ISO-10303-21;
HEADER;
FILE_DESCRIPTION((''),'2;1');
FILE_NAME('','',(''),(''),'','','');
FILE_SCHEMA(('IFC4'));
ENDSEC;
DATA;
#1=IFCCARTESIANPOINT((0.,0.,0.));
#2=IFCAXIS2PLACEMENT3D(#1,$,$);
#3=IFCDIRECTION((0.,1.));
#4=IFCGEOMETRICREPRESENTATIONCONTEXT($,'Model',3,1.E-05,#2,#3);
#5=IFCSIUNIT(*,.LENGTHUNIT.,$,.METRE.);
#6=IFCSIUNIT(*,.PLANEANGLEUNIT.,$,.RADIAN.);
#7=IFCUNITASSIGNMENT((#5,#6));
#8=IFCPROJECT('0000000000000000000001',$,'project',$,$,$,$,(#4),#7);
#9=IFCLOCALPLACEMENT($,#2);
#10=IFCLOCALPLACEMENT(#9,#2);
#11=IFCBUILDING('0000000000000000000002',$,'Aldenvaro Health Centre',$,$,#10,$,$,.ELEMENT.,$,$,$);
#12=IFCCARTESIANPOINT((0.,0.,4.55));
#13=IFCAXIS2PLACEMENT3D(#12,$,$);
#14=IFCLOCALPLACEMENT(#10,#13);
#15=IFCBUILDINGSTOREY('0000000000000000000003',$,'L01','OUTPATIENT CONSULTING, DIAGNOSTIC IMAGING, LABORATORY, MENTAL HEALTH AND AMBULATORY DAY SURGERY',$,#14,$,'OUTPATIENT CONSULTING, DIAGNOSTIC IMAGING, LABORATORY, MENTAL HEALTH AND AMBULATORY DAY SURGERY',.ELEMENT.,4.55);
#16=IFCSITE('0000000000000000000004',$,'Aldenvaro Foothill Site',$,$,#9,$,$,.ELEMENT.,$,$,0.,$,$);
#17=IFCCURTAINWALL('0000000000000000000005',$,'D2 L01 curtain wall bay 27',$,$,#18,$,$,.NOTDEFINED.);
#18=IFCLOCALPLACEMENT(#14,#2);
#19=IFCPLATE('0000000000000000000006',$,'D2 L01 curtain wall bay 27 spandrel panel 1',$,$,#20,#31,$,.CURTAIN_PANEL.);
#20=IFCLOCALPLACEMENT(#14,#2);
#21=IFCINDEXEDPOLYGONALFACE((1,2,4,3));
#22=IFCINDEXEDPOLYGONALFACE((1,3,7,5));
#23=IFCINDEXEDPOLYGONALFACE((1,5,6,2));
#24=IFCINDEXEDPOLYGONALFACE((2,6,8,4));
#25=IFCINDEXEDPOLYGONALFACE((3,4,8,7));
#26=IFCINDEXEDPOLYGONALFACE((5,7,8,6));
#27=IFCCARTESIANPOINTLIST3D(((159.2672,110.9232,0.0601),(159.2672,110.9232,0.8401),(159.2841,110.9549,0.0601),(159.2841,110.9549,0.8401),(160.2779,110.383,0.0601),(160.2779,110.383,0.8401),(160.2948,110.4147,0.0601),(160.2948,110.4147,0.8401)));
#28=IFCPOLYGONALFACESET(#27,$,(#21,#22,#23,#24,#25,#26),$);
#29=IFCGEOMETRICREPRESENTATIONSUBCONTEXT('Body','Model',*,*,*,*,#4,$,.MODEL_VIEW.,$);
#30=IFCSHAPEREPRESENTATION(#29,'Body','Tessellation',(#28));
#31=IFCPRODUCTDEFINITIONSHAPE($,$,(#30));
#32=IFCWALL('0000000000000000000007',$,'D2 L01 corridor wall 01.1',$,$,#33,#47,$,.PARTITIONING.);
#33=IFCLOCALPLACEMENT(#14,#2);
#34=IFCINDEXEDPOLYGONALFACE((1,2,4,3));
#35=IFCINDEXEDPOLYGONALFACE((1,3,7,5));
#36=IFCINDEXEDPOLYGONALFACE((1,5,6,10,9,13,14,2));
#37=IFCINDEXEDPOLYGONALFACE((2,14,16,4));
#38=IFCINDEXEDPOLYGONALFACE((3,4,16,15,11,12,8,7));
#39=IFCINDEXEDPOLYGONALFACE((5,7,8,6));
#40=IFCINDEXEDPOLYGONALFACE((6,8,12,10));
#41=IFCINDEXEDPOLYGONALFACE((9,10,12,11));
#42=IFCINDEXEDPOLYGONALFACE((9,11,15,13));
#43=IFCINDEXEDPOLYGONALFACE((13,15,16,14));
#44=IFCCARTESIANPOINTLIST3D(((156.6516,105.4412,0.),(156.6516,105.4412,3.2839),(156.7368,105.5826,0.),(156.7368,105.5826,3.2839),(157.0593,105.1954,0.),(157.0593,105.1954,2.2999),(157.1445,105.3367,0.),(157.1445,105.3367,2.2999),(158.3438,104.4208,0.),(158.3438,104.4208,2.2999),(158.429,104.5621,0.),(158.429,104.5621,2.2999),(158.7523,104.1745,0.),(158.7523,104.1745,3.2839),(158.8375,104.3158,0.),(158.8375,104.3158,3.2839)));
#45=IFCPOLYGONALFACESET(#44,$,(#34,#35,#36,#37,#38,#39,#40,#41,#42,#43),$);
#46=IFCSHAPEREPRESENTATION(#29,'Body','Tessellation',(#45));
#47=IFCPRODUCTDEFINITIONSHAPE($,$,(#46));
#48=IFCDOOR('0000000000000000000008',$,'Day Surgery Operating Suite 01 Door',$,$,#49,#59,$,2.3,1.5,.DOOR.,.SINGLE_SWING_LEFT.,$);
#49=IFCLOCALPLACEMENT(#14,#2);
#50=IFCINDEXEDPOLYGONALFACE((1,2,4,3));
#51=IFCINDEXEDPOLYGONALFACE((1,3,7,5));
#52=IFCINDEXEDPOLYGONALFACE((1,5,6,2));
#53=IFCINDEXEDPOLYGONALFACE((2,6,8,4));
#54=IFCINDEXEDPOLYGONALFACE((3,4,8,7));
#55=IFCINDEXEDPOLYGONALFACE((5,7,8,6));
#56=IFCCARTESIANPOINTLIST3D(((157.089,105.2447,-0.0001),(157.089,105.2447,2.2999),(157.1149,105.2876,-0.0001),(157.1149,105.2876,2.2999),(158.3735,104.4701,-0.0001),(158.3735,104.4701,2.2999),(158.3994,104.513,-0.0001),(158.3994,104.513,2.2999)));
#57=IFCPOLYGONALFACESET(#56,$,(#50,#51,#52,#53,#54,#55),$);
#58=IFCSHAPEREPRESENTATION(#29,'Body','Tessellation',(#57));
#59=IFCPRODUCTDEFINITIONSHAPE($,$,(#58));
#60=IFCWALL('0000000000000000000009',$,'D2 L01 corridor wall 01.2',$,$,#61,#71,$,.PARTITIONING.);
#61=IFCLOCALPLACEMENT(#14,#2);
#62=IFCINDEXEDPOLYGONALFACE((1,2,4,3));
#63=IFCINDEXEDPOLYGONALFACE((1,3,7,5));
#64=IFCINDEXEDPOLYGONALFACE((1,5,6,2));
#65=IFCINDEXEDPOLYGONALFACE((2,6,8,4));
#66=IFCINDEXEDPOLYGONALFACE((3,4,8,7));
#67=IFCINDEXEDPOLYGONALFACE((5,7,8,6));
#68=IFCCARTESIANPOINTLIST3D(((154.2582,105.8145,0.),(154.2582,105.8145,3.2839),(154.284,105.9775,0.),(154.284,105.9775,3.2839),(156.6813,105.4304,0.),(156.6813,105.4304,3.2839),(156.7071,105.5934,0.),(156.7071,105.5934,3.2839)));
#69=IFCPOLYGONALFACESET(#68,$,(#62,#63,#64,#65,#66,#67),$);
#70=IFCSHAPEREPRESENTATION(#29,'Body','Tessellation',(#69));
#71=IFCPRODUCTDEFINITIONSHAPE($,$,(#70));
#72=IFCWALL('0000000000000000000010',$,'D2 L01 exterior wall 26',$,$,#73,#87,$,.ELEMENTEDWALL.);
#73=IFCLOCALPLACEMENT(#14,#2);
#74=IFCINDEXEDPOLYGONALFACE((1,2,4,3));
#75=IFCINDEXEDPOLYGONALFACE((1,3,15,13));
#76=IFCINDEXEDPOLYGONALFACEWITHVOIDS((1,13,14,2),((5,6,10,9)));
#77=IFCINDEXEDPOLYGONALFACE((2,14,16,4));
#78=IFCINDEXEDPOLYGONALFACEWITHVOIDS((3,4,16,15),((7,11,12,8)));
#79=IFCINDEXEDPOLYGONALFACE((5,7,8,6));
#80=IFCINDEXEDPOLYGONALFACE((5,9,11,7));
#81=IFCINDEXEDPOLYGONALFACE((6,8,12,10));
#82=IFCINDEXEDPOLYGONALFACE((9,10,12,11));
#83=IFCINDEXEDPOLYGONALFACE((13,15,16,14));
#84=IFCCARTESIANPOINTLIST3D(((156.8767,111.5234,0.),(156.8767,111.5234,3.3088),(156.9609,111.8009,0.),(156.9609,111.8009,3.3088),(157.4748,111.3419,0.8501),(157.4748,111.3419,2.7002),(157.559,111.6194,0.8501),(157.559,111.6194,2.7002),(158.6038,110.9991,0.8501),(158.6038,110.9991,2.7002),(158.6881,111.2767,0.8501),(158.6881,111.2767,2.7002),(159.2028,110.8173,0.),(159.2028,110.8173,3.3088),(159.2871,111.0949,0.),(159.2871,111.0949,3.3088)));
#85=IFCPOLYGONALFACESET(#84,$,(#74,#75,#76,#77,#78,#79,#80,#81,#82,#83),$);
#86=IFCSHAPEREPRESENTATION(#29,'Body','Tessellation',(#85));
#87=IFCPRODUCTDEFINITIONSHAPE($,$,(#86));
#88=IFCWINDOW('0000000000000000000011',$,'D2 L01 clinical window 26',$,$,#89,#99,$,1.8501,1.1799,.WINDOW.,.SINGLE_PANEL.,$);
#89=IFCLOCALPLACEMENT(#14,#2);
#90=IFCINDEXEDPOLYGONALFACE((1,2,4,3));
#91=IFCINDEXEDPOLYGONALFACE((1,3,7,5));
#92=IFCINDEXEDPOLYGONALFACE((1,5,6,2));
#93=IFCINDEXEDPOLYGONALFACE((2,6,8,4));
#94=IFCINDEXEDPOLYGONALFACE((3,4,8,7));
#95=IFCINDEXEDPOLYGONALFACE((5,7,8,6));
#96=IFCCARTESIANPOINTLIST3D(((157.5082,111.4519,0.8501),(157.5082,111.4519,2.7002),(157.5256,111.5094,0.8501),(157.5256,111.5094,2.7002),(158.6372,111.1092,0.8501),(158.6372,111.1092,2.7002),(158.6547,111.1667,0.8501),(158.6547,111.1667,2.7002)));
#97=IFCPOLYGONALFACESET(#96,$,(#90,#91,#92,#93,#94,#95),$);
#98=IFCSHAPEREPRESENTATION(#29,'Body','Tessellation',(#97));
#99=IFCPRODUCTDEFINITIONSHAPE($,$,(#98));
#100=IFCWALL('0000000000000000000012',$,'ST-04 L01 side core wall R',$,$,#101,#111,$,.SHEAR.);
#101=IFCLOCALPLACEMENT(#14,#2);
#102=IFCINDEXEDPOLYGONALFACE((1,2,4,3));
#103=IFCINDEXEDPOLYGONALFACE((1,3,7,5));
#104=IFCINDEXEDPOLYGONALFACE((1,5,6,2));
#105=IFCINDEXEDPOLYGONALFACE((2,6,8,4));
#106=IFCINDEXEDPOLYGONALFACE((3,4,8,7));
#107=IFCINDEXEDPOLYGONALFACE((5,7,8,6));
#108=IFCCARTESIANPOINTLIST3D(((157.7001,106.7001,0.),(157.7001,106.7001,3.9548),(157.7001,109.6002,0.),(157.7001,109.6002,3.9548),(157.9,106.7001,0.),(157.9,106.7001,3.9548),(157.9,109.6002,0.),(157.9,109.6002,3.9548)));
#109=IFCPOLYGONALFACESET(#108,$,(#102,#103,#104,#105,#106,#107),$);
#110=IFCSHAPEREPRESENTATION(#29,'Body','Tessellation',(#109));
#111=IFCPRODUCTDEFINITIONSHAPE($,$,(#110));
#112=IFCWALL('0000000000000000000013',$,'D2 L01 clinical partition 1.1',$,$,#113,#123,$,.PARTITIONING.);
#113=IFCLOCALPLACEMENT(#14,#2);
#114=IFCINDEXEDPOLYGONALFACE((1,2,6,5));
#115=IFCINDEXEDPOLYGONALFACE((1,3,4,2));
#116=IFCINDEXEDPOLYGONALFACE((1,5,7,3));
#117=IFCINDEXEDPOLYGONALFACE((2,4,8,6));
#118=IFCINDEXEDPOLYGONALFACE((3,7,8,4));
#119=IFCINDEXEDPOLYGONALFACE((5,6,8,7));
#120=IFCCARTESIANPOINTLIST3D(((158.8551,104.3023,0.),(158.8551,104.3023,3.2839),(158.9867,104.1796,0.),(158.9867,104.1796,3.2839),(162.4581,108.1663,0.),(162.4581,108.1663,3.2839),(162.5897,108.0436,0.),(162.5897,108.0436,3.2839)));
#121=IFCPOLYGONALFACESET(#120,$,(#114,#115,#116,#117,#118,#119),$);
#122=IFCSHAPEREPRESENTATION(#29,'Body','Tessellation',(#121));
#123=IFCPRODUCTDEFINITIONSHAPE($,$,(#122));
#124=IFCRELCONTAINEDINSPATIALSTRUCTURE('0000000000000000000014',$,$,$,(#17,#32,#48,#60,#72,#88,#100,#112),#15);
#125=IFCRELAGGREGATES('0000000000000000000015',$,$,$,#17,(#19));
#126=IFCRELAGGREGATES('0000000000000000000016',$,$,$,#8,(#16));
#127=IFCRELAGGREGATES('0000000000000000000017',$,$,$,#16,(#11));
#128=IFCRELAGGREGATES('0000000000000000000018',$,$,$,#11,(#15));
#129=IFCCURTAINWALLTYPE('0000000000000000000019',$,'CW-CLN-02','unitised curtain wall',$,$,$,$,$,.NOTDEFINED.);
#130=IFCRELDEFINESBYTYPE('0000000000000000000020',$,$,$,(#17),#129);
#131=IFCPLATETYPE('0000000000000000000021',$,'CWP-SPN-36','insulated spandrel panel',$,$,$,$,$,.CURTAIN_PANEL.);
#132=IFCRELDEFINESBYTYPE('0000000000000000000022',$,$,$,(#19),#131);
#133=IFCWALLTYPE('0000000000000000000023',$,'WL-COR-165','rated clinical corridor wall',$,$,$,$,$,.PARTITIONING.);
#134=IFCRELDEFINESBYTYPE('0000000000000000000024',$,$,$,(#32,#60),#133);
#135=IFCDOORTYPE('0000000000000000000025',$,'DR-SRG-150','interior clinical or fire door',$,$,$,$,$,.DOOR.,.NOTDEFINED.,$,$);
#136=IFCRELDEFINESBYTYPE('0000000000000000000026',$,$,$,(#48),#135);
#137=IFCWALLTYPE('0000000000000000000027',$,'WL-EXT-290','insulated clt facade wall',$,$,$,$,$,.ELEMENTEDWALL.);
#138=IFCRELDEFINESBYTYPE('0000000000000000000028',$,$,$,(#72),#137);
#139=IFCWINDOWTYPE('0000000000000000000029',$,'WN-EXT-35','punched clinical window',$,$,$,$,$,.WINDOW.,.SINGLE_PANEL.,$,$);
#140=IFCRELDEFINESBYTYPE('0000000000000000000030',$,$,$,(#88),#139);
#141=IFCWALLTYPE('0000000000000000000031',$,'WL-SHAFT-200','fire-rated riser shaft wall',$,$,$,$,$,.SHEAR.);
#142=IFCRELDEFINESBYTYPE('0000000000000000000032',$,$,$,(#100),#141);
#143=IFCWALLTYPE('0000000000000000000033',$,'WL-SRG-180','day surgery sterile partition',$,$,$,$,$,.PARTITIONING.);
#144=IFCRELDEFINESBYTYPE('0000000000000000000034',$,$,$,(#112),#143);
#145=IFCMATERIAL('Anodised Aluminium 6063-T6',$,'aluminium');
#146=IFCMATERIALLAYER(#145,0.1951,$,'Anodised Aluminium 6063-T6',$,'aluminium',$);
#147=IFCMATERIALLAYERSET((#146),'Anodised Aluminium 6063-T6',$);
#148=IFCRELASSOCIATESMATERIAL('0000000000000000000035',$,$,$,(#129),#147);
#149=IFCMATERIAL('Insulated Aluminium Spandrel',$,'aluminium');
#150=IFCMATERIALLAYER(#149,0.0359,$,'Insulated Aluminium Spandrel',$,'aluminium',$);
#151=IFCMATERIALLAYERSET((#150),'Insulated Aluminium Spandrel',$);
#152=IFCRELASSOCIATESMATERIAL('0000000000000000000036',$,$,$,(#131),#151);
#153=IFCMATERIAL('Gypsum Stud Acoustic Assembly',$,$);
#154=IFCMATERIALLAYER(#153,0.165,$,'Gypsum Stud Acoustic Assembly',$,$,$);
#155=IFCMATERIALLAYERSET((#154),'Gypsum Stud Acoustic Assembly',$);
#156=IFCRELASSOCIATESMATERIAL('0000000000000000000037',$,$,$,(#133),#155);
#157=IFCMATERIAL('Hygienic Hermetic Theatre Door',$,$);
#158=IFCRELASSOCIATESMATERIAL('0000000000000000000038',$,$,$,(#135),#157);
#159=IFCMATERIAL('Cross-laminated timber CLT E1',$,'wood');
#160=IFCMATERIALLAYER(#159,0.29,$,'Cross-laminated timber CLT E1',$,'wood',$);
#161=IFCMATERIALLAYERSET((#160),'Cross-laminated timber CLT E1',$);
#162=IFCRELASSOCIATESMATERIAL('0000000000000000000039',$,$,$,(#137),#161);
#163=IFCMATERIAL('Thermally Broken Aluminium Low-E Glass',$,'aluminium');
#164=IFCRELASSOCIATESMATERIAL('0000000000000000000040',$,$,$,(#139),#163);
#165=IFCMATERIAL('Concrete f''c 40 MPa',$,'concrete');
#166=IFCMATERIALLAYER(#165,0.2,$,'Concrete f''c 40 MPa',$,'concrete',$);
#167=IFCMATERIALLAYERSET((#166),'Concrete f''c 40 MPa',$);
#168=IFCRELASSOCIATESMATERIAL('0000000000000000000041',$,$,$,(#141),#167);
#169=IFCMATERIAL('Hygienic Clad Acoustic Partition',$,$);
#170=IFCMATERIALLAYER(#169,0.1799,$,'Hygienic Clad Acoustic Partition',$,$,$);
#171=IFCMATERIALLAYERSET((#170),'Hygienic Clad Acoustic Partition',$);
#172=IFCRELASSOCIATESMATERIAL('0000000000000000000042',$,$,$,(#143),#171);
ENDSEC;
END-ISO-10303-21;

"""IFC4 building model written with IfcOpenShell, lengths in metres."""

from ifc_helpers import new_model, si_unit, direction, frame, frame_2d, origin, origin_2d, place, context, subcontext, project, spatial, rectangle, extrude, material, layer, layer_set, type_object, element, fill, aggregate, save


model = new_model("IFC4")

# Units and contexts
model_context = context("Model", 3, precision=1e-05, world=origin(), true_north=direction((0.0, 1.0)))
body_context = subcontext(model_context, "Body", "Model", "MODEL_VIEW")
ifc_project = project(units=[si_unit("LENGTHUNIT", "METRE"), si_unit("PLANEANGLEUNIT", "RADIAN")], contexts=[model_context])

# Site, building, storey
site_placement = place(None, origin())
site = spatial("IfcSite", under=ifc_project, at=site_placement, Name="Aldenvaro Foothill Site", CompositionType="ELEMENT", RefElevation=0.0)
building_placement = place(site_placement, origin())
building = spatial("IfcBuilding", under=site, at=building_placement, Name="Aldenvaro Health Centre", CompositionType="ELEMENT")
storey_placement = place(building_placement, frame((0.0, 0.0, 4.55)))
storey = spatial("IfcBuildingStorey", under=building, at=storey_placement, Name="L01", Description="OUTPATIENT CONSULTING, DIAGNOSTIC IMAGING, LABORATORY, MENTAL HEALTH AND AMBULATORY DAY SURGERY", LongName="OUTPATIENT CONSULTING, DIAGNOSTIC IMAGING, LABORATORY, MENTAL HEALTH AND AMBULATORY DAY SURGERY", CompositionType="ELEMENT", Elevation=4.55)

# Curtain wall
ifc_material_1 = material(Name="Anodised Aluminium 6063-T6", Category="aluminium")
ifc_layer_1 = layer(ifc_material_1, 0.1951, Name="Anodised Aluminium 6063-T6", Category="aluminium")
ifc_layer_set_1 = layer_set([ifc_layer_1], Name="Anodised Aluminium 6063-T6")
curtain_wall_type = type_object("IfcCurtainWallType", Name="CW-CLN-02", Description="unitised curtain wall", PredefinedType="NOTDEFINED", material=ifc_layer_set_1)
curtain_wall_placement = place(storey_placement, origin())
curtain_wall = element("IfcCurtainWall", 1, at=curtain_wall_placement, inside=storey, type_object=curtain_wall_type, Name="D2 L01 curtain wall bay 27", PredefinedType="NOTDEFINED")

# Plate
ifc_material_2 = material(Name="Insulated Aluminium Spandrel", Category="aluminium")
ifc_layer_2 = layer(ifc_material_2, 0.0359, Name="Insulated Aluminium Spandrel", Category="aluminium")
ifc_layer_set_2 = layer_set([ifc_layer_2], Name="Insulated Aluminium Spandrel")
plate_type_1 = type_object("IfcPlateType", Name="CWP-SPN-36", Description="insulated spandrel panel", PredefinedType="CURTAIN_PANEL", material=ifc_layer_set_2)
plate_1_placement = place(storey_placement, frame((159.781, 110.6689, 0.0601), z_axis=(0.0, 0.0, 1.0), x_axis=(0.88192, -0.471399, 0.0)))
plate_1 = element("IfcPlate", 2, at=plate_1_placement, type_object=plate_type_1, Name="D2 L01 curtain wall bay 27 spandrel panel 1", PredefinedType="CURTAIN_PANEL", context=body_context, shape_type="SweptSolid", body=[
    extrude(rectangle(XDim=1.146, YDim=0.0359, at=origin_2d()), origin(), (0.0, 0.0, 1.0), 0.78),
])
aggregate(curtain_wall, [plate_1])

# Wall, opening, door
ifc_material_3 = material(Name="Gypsum Stud Acoustic Assembly")
ifc_layer_3 = layer(ifc_material_3, 0.165, Name="Gypsum Stud Acoustic Assembly")
ifc_layer_set_3 = layer_set([ifc_layer_3], Name="Gypsum Stud Acoustic Assembly")
wall_type_1 = type_object("IfcWallType", Name="WL-COR-165", Description="rated clinical corridor wall", PredefinedType="PARTITIONING", material=ifc_layer_set_3)
wall_1_placement = place(storey_placement, frame((158.7949, 104.2451, 0.0), z_axis=(0.0, 0.0, 1.0), x_axis=(-0.856349, 0.516397, 0.0)))
wall_1 = element("IfcWall", 3, at=wall_1_placement, inside=storey, type_object=wall_type_1, Name="D2 L01 corridor wall 01.1", PredefinedType="PARTITIONING", context=body_context, shape_type="SweptSolid", body=[
    extrude(rectangle(XDim=2.4531, YDim=0.165, at=frame_2d((1.2266, 0.0))), origin(), (0.0, 0.0, 1.0), 3.2839),
])
opening_1_placement = place(wall_1_placement, frame((0.4771, 0.0, 0.0)))
opening_1 = element("IfcOpeningElement", 4, at=opening_1_placement, cuts=wall_1, PredefinedType="OPENING", context=body_context, shape_type="SweptSolid", body=[
    extrude(rectangle(XDim=1.5, YDim=2.3, at=frame_2d((0.75, 1.1499))), frame((0.0, 0.0925, 0.0), z_axis=(0.0, -1.0, 0.0), x_axis=(1.0, 0.0, 0.0)), (0.0, 0.0, 1.0), 0.1851),
])
ifc_material_4 = material(Name="Hygienic Hermetic Theatre Door")
door_type = type_object("IfcDoorType", Name="DR-SRG-150", Description="interior clinical or fire door", OperationType="NOTDEFINED", PredefinedType="DOOR", material=ifc_material_4)
door_placement = place(opening_1_placement, origin())
door = element("IfcDoor", 5, at=door_placement, inside=storey, type_object=door_type, Name="Day Surgery Operating Suite 01 Door", OperationType="SINGLE_SWING_LEFT", OverallHeight=2.3, OverallWidth=1.5, PredefinedType="DOOR", context=body_context, shape_type="SweptSolid", body=[
    extrude(rectangle(XDim=1.5, YDim=2.3, at=frame_2d((0.75, 1.1499))), frame((0.0, 0.0249, 0.0), z_axis=(0.0, -1.0, 0.0), x_axis=(1.0, 0.0, 0.0)), (0.0, 0.0, 1.0), 0.05),
])
fill(opening_1, door)

# Wall
wall_2_placement = place(storey_placement, frame((156.6941, 105.512, 0.0), z_axis=(0.0, 0.0, 1.0), x_axis=(-0.987672, 0.156535, 0.0)))
element("IfcWall", 6, at=wall_2_placement, inside=storey, type_object=wall_type_1, Name="D2 L01 corridor wall 01.2", PredefinedType="PARTITIONING", context=body_context, shape_type="SweptSolid", body=[
    extrude(rectangle(XDim=2.4534, YDim=0.165, at=frame_2d((1.2266, 0.0))), origin(), (0.0, 0.0, 1.0), 3.2839),
])

# Wall, opening, window
ifc_material_5 = material(Name="Cross-laminated timber CLT E1", Category="wood")
ifc_layer_4 = layer(ifc_material_5, 0.29, Name="Cross-laminated timber CLT E1", Category="wood")
ifc_layer_set_4 = layer_set([ifc_layer_4], Name="Cross-laminated timber CLT E1")
wall_type_2 = type_object("IfcWallType", Name="WL-EXT-290", Description="insulated clt facade wall", PredefinedType="ELEMENTEDWALL", material=ifc_layer_set_4)
wall_3_placement = place(storey_placement, frame((156.9189, 111.6621, 0.0), z_axis=(0.0, 0.0, 1.0), x_axis=(0.956893, -0.290442, 0.0)))
wall_3 = element("IfcWall", 7, at=wall_3_placement, inside=storey, type_object=wall_type_2, Name="D2 L01 exterior wall 26", PredefinedType="ELEMENTEDWALL", context=body_context, shape_type="SweptSolid", body=[
    extrude(rectangle(XDim=2.4309, YDim=0.29, at=frame_2d((1.2153, 0.0))), origin(), (0.0, 0.0, 1.0), 3.3088),
])
opening_2_placement = place(wall_3_placement, frame((0.625, 0.0, 0.8501)))
opening_2 = element("IfcOpeningElement", 8, at=opening_2_placement, cuts=wall_3, PredefinedType="OPENING", context=body_context, shape_type="SweptSolid", body=[
    extrude(rectangle(XDim=1.1799, YDim=1.8501, at=frame_2d((0.5898, 0.925))), frame((0.0, 0.155, 0.0), z_axis=(0.0, -1.0, 0.0), x_axis=(1.0, 0.0, 0.0)), (0.0, 0.0, 1.0), 0.3101),
])
ifc_material_6 = material(Name="Thermally Broken Aluminium Low-E Glass", Category="aluminium")
window_type = type_object("IfcWindowType", Name="WN-EXT-35", Description="punched clinical window", PartitioningType="SINGLE_PANEL", PredefinedType="WINDOW", material=ifc_material_6)
window_placement = place(opening_2_placement, origin())
window = element("IfcWindow", 9, at=window_placement, inside=storey, type_object=window_type, Name="D2 L01 clinical window 26", OverallHeight=1.8501, OverallWidth=1.1799, PartitioningType="SINGLE_PANEL", PredefinedType="WINDOW", context=body_context, shape_type="SweptSolid", body=[
    extrude(rectangle(XDim=1.1799, YDim=1.8501, at=frame_2d((0.5898, 0.925))), frame((0.0, 0.03, 0.0), z_axis=(0.0, -1.0, 0.0), x_axis=(1.0, 0.0, 0.0)), (0.0, 0.0, 1.0), 0.0601),
])
fill(opening_2, window)

# Walls
ifc_material_7 = material(Name="Concrete f'c 40 MPa", Category="concrete")
ifc_layer_5 = layer(ifc_material_7, 0.2, Name="Concrete f'c 40 MPa", Category="concrete")
ifc_layer_set_5 = layer_set([ifc_layer_5], Name="Concrete f'c 40 MPa")
wall_type_3 = type_object("IfcWallType", Name="WL-SHAFT-200", Description="fire-rated riser shaft wall", PredefinedType="SHEAR", material=ifc_layer_set_5)
wall_4_placement = place(storey_placement, frame((157.8, 106.7, 0.0), z_axis=(0.0, 0.0, 1.0), x_axis=(0.0, 1.0, 0.0)))
element("IfcWall", 10, at=wall_4_placement, inside=storey, type_object=wall_type_3, Name="ST-04 L01 side core wall R", PredefinedType="SHEAR", context=body_context, shape_type="SweptSolid", body=[
    extrude(rectangle(XDim=2.9001, YDim=0.2, at=frame_2d((1.4502, 0.0))), origin(), (0.0, 0.0, 1.0), 3.9548),
])
ifc_material_8 = material(Name="Hygienic Clad Acoustic Partition")
ifc_layer_6 = layer(ifc_material_8, 0.1799, Name="Hygienic Clad Acoustic Partition")
ifc_layer_set_6 = layer_set([ifc_layer_6], Name="Hygienic Clad Acoustic Partition")
wall_type_4 = type_object("IfcWallType", Name="WL-SRG-180", Description="day surgery sterile partition", PredefinedType="PARTITIONING", material=ifc_layer_set_6)
wall_5_placement = place(storey_placement, frame((158.9209, 104.241, 0.0), z_axis=(0.0, 0.0, 1.0), x_axis=(0.681976, 0.731375, 0.0)))
element("IfcWall", 11, at=wall_5_placement, inside=storey, type_object=wall_type_4, Name="D2 L01 clinical partition 1.1", PredefinedType="PARTITIONING", context=body_context, shape_type="SweptSolid", body=[
    extrude(rectangle(XDim=5.2832, YDim=0.1799, at=frame_2d((2.6416, 0.0))), origin(), (0.0, 0.0, 1.0), 3.2839),
])

save(model, "model.ifc")
